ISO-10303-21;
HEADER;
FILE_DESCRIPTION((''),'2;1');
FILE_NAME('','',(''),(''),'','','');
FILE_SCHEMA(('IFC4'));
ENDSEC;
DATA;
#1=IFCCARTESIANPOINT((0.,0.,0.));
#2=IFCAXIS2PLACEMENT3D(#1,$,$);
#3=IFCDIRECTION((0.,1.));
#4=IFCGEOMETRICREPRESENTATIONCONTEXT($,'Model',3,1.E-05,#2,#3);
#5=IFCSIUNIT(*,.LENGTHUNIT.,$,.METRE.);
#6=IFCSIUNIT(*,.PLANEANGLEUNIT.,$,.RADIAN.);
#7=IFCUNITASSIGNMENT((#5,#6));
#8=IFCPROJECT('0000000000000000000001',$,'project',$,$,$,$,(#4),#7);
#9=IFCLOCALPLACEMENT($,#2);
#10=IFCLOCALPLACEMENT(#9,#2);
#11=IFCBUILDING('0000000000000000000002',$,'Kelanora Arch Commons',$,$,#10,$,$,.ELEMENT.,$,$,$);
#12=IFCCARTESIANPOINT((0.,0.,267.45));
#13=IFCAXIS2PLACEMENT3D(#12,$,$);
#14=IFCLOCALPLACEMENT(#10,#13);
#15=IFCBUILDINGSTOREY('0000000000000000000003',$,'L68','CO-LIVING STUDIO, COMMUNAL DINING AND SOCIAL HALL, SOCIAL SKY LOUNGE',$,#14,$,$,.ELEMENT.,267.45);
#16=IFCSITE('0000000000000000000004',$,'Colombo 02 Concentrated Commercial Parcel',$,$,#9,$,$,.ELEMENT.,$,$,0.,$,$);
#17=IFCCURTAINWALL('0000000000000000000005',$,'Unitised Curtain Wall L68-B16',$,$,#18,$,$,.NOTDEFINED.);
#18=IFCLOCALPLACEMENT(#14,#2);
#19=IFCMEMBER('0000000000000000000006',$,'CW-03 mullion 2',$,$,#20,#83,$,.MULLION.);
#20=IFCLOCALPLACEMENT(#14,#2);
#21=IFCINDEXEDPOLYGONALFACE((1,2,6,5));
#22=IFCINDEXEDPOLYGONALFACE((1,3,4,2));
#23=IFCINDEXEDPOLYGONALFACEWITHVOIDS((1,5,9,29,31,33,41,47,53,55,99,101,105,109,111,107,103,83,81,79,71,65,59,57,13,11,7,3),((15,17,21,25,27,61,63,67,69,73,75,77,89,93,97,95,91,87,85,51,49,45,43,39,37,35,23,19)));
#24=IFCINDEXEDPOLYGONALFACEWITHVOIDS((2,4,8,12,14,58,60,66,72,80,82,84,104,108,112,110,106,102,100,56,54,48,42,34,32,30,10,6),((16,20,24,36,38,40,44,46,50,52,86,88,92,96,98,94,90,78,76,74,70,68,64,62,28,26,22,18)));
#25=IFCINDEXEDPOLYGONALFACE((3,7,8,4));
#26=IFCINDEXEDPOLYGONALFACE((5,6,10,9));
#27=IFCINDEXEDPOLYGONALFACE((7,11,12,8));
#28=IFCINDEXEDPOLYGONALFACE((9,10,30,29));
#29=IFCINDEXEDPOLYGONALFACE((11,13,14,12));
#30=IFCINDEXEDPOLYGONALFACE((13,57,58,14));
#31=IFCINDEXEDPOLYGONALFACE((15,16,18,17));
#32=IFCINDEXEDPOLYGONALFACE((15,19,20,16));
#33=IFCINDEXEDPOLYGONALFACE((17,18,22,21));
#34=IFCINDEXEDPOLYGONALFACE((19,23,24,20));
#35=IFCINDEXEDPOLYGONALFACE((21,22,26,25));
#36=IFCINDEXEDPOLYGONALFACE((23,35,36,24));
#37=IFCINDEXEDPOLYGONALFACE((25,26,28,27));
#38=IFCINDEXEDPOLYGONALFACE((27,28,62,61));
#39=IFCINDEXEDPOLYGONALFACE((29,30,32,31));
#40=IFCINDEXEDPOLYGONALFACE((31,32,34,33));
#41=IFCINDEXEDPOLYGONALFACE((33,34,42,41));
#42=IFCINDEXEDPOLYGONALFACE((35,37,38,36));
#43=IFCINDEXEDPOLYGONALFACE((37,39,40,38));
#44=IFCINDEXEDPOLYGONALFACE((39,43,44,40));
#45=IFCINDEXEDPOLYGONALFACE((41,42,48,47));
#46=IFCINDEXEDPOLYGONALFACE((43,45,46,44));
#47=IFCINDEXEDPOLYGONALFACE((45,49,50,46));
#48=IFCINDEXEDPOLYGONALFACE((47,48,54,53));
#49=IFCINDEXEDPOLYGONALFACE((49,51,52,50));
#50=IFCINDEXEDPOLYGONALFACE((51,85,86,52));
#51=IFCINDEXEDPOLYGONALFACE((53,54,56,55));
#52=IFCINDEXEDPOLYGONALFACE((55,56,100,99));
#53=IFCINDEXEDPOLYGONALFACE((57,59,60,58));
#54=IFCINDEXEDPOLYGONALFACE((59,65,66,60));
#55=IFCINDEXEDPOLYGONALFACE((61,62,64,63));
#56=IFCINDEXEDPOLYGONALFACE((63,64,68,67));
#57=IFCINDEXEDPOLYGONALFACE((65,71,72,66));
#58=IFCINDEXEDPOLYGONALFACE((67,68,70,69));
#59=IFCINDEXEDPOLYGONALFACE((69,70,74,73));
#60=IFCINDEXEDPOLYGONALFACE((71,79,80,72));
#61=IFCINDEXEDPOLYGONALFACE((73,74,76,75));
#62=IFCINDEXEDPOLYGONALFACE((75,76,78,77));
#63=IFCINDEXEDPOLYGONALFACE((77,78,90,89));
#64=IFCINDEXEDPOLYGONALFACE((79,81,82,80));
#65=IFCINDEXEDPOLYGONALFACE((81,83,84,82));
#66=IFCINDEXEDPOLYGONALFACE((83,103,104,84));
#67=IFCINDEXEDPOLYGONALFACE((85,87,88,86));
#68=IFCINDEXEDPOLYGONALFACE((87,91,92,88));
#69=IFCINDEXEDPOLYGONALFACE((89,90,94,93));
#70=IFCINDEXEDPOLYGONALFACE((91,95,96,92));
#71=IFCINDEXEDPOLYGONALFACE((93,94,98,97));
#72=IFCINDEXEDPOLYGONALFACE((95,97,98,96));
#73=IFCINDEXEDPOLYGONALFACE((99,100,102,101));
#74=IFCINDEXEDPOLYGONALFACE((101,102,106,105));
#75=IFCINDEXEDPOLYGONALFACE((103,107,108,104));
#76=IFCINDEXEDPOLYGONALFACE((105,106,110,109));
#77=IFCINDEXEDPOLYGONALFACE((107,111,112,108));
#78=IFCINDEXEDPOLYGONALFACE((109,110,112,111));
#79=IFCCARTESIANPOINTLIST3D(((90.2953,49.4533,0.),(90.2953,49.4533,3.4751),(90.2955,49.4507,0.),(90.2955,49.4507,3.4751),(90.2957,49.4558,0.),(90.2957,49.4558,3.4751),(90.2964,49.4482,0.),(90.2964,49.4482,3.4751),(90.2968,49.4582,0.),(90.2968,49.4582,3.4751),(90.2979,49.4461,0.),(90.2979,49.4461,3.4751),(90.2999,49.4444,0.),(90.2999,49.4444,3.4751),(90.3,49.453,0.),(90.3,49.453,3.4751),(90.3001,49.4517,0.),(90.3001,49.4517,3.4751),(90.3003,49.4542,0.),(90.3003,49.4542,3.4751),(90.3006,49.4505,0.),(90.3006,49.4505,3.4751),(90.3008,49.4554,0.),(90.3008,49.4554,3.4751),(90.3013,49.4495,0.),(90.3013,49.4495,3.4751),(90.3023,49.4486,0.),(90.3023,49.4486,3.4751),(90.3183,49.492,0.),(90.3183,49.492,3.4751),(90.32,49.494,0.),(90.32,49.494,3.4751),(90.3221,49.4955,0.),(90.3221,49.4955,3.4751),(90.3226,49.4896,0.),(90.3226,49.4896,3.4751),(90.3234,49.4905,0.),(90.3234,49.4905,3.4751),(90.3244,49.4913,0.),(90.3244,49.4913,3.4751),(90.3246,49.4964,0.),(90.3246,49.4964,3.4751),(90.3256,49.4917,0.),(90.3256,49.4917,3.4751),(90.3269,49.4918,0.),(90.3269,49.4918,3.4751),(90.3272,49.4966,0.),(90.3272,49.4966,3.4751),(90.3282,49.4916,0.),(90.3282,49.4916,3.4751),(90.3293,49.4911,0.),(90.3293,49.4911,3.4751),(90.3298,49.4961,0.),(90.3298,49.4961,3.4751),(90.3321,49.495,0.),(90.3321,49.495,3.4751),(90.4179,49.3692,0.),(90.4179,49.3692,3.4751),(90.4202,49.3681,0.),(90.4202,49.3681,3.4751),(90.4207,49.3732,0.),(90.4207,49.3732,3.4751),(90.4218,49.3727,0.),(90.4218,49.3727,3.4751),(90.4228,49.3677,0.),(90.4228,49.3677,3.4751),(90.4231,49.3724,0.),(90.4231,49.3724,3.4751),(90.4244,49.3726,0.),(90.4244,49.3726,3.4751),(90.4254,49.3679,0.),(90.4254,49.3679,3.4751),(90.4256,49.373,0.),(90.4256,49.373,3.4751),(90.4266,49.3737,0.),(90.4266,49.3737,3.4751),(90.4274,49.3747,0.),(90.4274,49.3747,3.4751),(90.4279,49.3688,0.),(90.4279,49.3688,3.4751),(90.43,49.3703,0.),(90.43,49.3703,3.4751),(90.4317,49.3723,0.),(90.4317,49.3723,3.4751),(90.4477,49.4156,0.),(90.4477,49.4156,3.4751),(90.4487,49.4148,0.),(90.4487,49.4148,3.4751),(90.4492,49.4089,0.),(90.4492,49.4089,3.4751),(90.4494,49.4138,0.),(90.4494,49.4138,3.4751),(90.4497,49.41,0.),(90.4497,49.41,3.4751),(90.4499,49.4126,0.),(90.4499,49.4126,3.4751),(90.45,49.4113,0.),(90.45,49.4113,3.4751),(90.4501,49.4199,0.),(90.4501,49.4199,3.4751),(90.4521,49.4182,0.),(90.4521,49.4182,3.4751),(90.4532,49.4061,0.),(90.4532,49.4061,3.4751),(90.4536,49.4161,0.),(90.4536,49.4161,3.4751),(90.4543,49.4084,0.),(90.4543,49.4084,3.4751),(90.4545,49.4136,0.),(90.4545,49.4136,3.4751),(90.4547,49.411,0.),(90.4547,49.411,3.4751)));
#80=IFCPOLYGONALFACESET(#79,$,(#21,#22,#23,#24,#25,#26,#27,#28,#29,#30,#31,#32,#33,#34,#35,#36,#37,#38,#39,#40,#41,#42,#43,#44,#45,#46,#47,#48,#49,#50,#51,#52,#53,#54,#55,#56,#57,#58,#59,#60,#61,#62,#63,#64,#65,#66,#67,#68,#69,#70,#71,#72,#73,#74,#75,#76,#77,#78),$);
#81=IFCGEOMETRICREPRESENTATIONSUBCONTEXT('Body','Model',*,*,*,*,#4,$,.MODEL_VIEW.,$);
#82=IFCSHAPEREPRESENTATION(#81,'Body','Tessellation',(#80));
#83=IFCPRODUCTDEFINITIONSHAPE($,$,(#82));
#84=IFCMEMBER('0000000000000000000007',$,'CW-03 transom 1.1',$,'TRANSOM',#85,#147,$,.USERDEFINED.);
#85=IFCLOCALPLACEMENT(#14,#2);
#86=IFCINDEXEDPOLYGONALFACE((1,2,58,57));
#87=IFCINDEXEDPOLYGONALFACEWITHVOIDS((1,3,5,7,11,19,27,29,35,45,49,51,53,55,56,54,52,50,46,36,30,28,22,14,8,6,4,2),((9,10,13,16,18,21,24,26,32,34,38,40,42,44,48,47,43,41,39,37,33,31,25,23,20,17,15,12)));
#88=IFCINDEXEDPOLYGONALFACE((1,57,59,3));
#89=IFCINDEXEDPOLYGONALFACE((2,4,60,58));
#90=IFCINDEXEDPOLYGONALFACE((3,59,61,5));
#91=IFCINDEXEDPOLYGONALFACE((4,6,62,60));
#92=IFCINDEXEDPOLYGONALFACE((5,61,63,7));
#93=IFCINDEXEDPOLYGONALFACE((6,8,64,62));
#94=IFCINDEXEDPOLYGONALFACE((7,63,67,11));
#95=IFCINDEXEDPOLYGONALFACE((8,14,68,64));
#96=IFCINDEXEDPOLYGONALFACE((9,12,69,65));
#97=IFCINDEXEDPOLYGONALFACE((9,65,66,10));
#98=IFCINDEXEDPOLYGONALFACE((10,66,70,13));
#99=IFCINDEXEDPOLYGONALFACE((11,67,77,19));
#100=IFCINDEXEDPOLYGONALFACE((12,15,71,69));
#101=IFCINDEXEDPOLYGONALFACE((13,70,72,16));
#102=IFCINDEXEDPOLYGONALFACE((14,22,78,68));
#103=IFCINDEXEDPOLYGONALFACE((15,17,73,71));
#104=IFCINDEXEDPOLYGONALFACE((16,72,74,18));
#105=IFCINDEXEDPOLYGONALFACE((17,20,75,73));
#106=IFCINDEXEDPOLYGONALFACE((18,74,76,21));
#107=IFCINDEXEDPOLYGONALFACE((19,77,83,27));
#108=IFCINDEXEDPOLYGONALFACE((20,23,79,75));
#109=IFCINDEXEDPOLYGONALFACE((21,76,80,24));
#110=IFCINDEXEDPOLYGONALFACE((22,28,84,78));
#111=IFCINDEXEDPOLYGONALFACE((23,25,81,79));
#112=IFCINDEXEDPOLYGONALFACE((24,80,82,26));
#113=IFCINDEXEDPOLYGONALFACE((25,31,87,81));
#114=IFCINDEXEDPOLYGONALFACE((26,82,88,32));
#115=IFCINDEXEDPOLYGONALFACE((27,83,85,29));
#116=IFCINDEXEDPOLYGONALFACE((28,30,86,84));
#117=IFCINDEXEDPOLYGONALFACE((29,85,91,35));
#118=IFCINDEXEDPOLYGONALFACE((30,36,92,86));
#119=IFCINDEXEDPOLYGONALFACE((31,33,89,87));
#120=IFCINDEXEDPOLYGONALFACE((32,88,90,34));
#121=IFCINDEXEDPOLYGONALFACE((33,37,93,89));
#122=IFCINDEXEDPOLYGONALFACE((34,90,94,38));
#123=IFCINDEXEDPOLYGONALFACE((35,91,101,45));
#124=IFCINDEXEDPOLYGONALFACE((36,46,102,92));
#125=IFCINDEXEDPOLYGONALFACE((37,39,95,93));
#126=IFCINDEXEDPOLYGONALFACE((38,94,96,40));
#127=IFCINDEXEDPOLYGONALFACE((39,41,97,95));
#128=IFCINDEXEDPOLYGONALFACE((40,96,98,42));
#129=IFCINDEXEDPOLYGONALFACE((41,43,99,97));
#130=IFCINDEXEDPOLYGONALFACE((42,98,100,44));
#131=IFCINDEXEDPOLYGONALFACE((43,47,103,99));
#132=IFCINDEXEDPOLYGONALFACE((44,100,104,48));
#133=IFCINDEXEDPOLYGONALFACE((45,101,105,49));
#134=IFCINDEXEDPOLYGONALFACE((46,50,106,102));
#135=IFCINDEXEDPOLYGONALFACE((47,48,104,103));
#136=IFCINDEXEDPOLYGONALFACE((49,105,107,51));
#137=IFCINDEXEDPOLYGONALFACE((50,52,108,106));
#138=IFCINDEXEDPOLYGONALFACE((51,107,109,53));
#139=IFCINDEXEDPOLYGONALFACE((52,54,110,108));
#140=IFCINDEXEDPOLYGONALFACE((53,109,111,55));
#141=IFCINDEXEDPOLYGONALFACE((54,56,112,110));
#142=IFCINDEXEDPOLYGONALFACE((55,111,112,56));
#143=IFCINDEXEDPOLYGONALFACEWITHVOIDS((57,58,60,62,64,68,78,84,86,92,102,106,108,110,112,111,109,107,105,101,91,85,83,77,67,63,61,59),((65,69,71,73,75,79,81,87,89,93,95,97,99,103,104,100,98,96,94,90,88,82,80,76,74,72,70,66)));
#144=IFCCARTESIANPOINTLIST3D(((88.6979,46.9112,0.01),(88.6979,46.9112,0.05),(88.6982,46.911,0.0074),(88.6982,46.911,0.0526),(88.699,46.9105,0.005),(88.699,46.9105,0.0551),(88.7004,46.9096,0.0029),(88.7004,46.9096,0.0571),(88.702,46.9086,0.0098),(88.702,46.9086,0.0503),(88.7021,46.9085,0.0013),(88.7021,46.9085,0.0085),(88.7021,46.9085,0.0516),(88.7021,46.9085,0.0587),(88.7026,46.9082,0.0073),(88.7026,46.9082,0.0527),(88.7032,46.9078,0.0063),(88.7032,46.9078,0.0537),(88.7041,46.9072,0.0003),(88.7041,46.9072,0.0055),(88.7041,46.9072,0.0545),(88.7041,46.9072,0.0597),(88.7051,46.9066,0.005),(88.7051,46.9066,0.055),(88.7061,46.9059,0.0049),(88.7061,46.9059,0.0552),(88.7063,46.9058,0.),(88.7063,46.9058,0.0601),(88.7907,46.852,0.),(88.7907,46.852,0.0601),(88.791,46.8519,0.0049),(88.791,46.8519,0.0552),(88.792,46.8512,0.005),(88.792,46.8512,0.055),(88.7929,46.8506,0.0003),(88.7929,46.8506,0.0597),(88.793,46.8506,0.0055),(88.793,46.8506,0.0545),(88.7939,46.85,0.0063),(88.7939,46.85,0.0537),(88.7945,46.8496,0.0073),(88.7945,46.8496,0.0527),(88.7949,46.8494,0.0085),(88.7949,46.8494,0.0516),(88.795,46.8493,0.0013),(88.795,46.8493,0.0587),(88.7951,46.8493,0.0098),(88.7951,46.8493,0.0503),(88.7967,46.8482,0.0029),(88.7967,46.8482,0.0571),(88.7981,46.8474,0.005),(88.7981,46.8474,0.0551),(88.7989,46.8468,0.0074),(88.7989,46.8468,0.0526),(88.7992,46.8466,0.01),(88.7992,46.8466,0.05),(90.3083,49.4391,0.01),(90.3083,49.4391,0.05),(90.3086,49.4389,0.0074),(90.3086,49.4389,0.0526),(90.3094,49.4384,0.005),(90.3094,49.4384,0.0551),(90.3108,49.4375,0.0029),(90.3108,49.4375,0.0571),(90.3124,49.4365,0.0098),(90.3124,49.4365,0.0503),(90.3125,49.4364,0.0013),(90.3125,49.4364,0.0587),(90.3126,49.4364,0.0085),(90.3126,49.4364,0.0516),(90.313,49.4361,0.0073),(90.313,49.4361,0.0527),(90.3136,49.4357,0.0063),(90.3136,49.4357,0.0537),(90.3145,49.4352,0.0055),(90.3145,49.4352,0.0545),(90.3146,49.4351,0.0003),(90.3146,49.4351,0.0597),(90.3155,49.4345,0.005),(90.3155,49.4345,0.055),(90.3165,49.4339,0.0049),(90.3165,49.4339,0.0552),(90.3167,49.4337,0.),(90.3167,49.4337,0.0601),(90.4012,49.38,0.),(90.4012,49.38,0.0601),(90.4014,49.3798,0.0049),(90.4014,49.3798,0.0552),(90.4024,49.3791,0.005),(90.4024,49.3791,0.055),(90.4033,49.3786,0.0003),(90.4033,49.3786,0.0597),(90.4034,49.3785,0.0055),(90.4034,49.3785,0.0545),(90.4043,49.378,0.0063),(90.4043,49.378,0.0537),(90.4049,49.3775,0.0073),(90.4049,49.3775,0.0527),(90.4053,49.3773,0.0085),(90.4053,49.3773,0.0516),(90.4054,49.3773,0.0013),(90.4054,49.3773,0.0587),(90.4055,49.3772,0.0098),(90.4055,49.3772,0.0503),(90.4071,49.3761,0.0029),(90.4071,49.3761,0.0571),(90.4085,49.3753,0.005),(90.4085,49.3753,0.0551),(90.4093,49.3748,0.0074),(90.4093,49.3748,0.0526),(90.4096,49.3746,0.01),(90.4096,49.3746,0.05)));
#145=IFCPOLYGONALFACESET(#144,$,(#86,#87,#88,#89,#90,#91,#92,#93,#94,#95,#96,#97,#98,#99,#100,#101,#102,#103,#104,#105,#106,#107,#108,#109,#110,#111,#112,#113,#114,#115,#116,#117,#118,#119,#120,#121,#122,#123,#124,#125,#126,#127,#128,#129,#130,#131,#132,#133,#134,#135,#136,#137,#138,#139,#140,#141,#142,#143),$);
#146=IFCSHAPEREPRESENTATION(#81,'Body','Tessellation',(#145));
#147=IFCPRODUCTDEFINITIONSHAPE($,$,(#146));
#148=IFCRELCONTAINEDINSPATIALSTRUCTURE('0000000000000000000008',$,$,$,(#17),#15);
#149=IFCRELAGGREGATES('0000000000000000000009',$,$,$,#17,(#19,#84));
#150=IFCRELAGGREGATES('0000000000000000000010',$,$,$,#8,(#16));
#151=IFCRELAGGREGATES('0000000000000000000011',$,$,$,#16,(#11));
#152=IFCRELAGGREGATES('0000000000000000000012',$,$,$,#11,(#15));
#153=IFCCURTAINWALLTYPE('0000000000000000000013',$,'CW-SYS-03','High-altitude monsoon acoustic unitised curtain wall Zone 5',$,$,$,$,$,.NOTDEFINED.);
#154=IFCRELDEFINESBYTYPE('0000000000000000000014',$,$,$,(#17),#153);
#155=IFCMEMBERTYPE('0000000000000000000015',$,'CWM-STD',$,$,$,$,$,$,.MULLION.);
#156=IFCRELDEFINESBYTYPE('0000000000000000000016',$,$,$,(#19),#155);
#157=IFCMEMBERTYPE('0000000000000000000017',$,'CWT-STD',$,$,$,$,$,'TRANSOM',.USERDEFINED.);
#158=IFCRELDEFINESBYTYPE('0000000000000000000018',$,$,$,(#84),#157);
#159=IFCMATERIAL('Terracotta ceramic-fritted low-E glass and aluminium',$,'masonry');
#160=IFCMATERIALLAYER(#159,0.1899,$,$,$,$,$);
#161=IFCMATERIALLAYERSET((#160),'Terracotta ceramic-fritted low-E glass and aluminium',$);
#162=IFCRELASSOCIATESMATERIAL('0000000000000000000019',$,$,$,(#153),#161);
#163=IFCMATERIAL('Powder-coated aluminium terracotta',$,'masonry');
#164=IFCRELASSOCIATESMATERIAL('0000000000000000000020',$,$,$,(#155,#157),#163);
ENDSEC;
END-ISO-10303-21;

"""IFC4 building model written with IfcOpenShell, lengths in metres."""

from ifc_helpers import new_model, si_unit, direction, frame, origin, origin_2d, place, context, subcontext, project, spatial, hollow_rectangle, extrude, material, layer, layer_set, material_profile, profile_set, type_object, element, aggregate, save


model = new_model("IFC4")

# Units and contexts
model_context = context("Model", 3, precision=1e-05, world=origin(), true_north=direction((0.0, 1.0)))
body_context = subcontext(model_context, "Body", "Model", "MODEL_VIEW")
ifc_project = project(units=[si_unit("LENGTHUNIT", "METRE"), si_unit("PLANEANGLEUNIT", "RADIAN")], contexts=[model_context])

# Site, building, storey
site_placement = place(None, origin())
site = spatial("IfcSite", under=ifc_project, at=site_placement, Name="Colombo 02 Concentrated Commercial Parcel", CompositionType="ELEMENT", RefElevation=0.0)
building_placement = place(site_placement, origin())
building = spatial("IfcBuilding", under=site, at=building_placement, Name="Kelanora Arch Commons", CompositionType="ELEMENT")
storey_placement = place(building_placement, frame((0.0, 0.0, 267.45)))
storey = spatial("IfcBuildingStorey", under=building, at=storey_placement, Name="L68", Description="CO-LIVING STUDIO, COMMUNAL DINING AND SOCIAL HALL, SOCIAL SKY LOUNGE", CompositionType="ELEMENT", Elevation=267.45)

# Shared definitions
ifc_material_1 = material(Name="Terracotta ceramic-fritted low-E glass and aluminium", Category="masonry")
ifc_layer_1 = layer(ifc_material_1, 0.1899)
ifc_layer_set_1 = layer_set([ifc_layer_1], Name="Terracotta ceramic-fritted low-E glass and aluminium")
curtain_wall_type = type_object("IfcCurtainWallType", Name="CW-SYS-03", Description="High-altitude monsoon acoustic unitised curtain wall Zone 5", PredefinedType="NOTDEFINED", material=ifc_layer_set_1)
ifc_material_2 = material(Name="Powder-coated aluminium terracotta", Category="masonry")
ifc_material_profile_1 = material_profile(ifc_material_2, hollow_rectangle(XDim=0.1599, YDim=0.0601, WallThickness=0.0049, InnerFilletRadius=0.0049, OuterFilletRadius=0.01, at=origin_2d()), Name="CWM160x60")
ifc_profile_set_1 = profile_set([ifc_material_profile_1], Name="Powder-coated aluminium terracotta")
member_type_1 = type_object("IfcMemberType", Name="CWM-STD", PredefinedType="MULLION", material=ifc_profile_set_1)

# Curtain wall, members
curtain_wall_1_placement = place(storey_placement, origin())
curtain_wall_1 = element("IfcCurtainWall", 1, at=curtain_wall_1_placement, inside=storey, type_object=curtain_wall_type, Name="Unitised Curtain Wall L68-B16", PredefinedType="NOTDEFINED")
member_1_placement = place(storey_placement, frame((90.375, 49.4321, 0.0), z_axis=(0.0, 0.0, 1.0), x_axis=(-0.843391, 0.5373, 0.0)))
member_1 = element("IfcMember", 2, at=member_1_placement, type_object=member_type_1, Name="CW-03 mullion 2", PredefinedType="MULLION", context=body_context, shape_type="SweptSolid", body=[
    extrude(hollow_rectangle(XDim=0.1599, YDim=0.0601, WallThickness=0.0049, InnerFilletRadius=0.0049, OuterFilletRadius=0.01, at=origin_2d()), origin(), (0.0, 0.0, 1.0), 3.4751),
])
ifc_material_profile_2 = material_profile(ifc_material_2, hollow_rectangle(XDim=0.1201, YDim=0.0601, WallThickness=0.0049, InnerFilletRadius=0.0049, OuterFilletRadius=0.01, at=origin_2d()), Name="CWT120x60")
ifc_profile_set_2 = profile_set([ifc_material_profile_2], Name="Powder-coated aluminium terracotta")
member_type_2 = type_object("IfcMemberType", Name="CWT-STD", ElementType="TRANSOM", PredefinedType="USERDEFINED", material=ifc_profile_set_2)
member_2_placement = place(storey_placement, frame((88.7485, 46.8789, 0.03), z_axis=(0.537287, 0.8434, 0.0), x_axis=(-0.8434, 0.537287, 0.0)))
member_2 = element("IfcMember", 3, at=member_2_placement, type_object=member_type_2, Name="CW-03 transom 1.1", ObjectType="TRANSOM", PredefinedType="USERDEFINED", context=body_context, shape_type="SweptSolid", body=[
    extrude(hollow_rectangle(XDim=0.1201, YDim=0.0601, WallThickness=0.0049, InnerFilletRadius=0.0049, OuterFilletRadius=0.01, at=origin_2d()), origin(), (0.0, 0.0, 1.0), 2.9973),
])
aggregate(curtain_wall_1, [member_1, member_2])

save(model, "model.ifc")
